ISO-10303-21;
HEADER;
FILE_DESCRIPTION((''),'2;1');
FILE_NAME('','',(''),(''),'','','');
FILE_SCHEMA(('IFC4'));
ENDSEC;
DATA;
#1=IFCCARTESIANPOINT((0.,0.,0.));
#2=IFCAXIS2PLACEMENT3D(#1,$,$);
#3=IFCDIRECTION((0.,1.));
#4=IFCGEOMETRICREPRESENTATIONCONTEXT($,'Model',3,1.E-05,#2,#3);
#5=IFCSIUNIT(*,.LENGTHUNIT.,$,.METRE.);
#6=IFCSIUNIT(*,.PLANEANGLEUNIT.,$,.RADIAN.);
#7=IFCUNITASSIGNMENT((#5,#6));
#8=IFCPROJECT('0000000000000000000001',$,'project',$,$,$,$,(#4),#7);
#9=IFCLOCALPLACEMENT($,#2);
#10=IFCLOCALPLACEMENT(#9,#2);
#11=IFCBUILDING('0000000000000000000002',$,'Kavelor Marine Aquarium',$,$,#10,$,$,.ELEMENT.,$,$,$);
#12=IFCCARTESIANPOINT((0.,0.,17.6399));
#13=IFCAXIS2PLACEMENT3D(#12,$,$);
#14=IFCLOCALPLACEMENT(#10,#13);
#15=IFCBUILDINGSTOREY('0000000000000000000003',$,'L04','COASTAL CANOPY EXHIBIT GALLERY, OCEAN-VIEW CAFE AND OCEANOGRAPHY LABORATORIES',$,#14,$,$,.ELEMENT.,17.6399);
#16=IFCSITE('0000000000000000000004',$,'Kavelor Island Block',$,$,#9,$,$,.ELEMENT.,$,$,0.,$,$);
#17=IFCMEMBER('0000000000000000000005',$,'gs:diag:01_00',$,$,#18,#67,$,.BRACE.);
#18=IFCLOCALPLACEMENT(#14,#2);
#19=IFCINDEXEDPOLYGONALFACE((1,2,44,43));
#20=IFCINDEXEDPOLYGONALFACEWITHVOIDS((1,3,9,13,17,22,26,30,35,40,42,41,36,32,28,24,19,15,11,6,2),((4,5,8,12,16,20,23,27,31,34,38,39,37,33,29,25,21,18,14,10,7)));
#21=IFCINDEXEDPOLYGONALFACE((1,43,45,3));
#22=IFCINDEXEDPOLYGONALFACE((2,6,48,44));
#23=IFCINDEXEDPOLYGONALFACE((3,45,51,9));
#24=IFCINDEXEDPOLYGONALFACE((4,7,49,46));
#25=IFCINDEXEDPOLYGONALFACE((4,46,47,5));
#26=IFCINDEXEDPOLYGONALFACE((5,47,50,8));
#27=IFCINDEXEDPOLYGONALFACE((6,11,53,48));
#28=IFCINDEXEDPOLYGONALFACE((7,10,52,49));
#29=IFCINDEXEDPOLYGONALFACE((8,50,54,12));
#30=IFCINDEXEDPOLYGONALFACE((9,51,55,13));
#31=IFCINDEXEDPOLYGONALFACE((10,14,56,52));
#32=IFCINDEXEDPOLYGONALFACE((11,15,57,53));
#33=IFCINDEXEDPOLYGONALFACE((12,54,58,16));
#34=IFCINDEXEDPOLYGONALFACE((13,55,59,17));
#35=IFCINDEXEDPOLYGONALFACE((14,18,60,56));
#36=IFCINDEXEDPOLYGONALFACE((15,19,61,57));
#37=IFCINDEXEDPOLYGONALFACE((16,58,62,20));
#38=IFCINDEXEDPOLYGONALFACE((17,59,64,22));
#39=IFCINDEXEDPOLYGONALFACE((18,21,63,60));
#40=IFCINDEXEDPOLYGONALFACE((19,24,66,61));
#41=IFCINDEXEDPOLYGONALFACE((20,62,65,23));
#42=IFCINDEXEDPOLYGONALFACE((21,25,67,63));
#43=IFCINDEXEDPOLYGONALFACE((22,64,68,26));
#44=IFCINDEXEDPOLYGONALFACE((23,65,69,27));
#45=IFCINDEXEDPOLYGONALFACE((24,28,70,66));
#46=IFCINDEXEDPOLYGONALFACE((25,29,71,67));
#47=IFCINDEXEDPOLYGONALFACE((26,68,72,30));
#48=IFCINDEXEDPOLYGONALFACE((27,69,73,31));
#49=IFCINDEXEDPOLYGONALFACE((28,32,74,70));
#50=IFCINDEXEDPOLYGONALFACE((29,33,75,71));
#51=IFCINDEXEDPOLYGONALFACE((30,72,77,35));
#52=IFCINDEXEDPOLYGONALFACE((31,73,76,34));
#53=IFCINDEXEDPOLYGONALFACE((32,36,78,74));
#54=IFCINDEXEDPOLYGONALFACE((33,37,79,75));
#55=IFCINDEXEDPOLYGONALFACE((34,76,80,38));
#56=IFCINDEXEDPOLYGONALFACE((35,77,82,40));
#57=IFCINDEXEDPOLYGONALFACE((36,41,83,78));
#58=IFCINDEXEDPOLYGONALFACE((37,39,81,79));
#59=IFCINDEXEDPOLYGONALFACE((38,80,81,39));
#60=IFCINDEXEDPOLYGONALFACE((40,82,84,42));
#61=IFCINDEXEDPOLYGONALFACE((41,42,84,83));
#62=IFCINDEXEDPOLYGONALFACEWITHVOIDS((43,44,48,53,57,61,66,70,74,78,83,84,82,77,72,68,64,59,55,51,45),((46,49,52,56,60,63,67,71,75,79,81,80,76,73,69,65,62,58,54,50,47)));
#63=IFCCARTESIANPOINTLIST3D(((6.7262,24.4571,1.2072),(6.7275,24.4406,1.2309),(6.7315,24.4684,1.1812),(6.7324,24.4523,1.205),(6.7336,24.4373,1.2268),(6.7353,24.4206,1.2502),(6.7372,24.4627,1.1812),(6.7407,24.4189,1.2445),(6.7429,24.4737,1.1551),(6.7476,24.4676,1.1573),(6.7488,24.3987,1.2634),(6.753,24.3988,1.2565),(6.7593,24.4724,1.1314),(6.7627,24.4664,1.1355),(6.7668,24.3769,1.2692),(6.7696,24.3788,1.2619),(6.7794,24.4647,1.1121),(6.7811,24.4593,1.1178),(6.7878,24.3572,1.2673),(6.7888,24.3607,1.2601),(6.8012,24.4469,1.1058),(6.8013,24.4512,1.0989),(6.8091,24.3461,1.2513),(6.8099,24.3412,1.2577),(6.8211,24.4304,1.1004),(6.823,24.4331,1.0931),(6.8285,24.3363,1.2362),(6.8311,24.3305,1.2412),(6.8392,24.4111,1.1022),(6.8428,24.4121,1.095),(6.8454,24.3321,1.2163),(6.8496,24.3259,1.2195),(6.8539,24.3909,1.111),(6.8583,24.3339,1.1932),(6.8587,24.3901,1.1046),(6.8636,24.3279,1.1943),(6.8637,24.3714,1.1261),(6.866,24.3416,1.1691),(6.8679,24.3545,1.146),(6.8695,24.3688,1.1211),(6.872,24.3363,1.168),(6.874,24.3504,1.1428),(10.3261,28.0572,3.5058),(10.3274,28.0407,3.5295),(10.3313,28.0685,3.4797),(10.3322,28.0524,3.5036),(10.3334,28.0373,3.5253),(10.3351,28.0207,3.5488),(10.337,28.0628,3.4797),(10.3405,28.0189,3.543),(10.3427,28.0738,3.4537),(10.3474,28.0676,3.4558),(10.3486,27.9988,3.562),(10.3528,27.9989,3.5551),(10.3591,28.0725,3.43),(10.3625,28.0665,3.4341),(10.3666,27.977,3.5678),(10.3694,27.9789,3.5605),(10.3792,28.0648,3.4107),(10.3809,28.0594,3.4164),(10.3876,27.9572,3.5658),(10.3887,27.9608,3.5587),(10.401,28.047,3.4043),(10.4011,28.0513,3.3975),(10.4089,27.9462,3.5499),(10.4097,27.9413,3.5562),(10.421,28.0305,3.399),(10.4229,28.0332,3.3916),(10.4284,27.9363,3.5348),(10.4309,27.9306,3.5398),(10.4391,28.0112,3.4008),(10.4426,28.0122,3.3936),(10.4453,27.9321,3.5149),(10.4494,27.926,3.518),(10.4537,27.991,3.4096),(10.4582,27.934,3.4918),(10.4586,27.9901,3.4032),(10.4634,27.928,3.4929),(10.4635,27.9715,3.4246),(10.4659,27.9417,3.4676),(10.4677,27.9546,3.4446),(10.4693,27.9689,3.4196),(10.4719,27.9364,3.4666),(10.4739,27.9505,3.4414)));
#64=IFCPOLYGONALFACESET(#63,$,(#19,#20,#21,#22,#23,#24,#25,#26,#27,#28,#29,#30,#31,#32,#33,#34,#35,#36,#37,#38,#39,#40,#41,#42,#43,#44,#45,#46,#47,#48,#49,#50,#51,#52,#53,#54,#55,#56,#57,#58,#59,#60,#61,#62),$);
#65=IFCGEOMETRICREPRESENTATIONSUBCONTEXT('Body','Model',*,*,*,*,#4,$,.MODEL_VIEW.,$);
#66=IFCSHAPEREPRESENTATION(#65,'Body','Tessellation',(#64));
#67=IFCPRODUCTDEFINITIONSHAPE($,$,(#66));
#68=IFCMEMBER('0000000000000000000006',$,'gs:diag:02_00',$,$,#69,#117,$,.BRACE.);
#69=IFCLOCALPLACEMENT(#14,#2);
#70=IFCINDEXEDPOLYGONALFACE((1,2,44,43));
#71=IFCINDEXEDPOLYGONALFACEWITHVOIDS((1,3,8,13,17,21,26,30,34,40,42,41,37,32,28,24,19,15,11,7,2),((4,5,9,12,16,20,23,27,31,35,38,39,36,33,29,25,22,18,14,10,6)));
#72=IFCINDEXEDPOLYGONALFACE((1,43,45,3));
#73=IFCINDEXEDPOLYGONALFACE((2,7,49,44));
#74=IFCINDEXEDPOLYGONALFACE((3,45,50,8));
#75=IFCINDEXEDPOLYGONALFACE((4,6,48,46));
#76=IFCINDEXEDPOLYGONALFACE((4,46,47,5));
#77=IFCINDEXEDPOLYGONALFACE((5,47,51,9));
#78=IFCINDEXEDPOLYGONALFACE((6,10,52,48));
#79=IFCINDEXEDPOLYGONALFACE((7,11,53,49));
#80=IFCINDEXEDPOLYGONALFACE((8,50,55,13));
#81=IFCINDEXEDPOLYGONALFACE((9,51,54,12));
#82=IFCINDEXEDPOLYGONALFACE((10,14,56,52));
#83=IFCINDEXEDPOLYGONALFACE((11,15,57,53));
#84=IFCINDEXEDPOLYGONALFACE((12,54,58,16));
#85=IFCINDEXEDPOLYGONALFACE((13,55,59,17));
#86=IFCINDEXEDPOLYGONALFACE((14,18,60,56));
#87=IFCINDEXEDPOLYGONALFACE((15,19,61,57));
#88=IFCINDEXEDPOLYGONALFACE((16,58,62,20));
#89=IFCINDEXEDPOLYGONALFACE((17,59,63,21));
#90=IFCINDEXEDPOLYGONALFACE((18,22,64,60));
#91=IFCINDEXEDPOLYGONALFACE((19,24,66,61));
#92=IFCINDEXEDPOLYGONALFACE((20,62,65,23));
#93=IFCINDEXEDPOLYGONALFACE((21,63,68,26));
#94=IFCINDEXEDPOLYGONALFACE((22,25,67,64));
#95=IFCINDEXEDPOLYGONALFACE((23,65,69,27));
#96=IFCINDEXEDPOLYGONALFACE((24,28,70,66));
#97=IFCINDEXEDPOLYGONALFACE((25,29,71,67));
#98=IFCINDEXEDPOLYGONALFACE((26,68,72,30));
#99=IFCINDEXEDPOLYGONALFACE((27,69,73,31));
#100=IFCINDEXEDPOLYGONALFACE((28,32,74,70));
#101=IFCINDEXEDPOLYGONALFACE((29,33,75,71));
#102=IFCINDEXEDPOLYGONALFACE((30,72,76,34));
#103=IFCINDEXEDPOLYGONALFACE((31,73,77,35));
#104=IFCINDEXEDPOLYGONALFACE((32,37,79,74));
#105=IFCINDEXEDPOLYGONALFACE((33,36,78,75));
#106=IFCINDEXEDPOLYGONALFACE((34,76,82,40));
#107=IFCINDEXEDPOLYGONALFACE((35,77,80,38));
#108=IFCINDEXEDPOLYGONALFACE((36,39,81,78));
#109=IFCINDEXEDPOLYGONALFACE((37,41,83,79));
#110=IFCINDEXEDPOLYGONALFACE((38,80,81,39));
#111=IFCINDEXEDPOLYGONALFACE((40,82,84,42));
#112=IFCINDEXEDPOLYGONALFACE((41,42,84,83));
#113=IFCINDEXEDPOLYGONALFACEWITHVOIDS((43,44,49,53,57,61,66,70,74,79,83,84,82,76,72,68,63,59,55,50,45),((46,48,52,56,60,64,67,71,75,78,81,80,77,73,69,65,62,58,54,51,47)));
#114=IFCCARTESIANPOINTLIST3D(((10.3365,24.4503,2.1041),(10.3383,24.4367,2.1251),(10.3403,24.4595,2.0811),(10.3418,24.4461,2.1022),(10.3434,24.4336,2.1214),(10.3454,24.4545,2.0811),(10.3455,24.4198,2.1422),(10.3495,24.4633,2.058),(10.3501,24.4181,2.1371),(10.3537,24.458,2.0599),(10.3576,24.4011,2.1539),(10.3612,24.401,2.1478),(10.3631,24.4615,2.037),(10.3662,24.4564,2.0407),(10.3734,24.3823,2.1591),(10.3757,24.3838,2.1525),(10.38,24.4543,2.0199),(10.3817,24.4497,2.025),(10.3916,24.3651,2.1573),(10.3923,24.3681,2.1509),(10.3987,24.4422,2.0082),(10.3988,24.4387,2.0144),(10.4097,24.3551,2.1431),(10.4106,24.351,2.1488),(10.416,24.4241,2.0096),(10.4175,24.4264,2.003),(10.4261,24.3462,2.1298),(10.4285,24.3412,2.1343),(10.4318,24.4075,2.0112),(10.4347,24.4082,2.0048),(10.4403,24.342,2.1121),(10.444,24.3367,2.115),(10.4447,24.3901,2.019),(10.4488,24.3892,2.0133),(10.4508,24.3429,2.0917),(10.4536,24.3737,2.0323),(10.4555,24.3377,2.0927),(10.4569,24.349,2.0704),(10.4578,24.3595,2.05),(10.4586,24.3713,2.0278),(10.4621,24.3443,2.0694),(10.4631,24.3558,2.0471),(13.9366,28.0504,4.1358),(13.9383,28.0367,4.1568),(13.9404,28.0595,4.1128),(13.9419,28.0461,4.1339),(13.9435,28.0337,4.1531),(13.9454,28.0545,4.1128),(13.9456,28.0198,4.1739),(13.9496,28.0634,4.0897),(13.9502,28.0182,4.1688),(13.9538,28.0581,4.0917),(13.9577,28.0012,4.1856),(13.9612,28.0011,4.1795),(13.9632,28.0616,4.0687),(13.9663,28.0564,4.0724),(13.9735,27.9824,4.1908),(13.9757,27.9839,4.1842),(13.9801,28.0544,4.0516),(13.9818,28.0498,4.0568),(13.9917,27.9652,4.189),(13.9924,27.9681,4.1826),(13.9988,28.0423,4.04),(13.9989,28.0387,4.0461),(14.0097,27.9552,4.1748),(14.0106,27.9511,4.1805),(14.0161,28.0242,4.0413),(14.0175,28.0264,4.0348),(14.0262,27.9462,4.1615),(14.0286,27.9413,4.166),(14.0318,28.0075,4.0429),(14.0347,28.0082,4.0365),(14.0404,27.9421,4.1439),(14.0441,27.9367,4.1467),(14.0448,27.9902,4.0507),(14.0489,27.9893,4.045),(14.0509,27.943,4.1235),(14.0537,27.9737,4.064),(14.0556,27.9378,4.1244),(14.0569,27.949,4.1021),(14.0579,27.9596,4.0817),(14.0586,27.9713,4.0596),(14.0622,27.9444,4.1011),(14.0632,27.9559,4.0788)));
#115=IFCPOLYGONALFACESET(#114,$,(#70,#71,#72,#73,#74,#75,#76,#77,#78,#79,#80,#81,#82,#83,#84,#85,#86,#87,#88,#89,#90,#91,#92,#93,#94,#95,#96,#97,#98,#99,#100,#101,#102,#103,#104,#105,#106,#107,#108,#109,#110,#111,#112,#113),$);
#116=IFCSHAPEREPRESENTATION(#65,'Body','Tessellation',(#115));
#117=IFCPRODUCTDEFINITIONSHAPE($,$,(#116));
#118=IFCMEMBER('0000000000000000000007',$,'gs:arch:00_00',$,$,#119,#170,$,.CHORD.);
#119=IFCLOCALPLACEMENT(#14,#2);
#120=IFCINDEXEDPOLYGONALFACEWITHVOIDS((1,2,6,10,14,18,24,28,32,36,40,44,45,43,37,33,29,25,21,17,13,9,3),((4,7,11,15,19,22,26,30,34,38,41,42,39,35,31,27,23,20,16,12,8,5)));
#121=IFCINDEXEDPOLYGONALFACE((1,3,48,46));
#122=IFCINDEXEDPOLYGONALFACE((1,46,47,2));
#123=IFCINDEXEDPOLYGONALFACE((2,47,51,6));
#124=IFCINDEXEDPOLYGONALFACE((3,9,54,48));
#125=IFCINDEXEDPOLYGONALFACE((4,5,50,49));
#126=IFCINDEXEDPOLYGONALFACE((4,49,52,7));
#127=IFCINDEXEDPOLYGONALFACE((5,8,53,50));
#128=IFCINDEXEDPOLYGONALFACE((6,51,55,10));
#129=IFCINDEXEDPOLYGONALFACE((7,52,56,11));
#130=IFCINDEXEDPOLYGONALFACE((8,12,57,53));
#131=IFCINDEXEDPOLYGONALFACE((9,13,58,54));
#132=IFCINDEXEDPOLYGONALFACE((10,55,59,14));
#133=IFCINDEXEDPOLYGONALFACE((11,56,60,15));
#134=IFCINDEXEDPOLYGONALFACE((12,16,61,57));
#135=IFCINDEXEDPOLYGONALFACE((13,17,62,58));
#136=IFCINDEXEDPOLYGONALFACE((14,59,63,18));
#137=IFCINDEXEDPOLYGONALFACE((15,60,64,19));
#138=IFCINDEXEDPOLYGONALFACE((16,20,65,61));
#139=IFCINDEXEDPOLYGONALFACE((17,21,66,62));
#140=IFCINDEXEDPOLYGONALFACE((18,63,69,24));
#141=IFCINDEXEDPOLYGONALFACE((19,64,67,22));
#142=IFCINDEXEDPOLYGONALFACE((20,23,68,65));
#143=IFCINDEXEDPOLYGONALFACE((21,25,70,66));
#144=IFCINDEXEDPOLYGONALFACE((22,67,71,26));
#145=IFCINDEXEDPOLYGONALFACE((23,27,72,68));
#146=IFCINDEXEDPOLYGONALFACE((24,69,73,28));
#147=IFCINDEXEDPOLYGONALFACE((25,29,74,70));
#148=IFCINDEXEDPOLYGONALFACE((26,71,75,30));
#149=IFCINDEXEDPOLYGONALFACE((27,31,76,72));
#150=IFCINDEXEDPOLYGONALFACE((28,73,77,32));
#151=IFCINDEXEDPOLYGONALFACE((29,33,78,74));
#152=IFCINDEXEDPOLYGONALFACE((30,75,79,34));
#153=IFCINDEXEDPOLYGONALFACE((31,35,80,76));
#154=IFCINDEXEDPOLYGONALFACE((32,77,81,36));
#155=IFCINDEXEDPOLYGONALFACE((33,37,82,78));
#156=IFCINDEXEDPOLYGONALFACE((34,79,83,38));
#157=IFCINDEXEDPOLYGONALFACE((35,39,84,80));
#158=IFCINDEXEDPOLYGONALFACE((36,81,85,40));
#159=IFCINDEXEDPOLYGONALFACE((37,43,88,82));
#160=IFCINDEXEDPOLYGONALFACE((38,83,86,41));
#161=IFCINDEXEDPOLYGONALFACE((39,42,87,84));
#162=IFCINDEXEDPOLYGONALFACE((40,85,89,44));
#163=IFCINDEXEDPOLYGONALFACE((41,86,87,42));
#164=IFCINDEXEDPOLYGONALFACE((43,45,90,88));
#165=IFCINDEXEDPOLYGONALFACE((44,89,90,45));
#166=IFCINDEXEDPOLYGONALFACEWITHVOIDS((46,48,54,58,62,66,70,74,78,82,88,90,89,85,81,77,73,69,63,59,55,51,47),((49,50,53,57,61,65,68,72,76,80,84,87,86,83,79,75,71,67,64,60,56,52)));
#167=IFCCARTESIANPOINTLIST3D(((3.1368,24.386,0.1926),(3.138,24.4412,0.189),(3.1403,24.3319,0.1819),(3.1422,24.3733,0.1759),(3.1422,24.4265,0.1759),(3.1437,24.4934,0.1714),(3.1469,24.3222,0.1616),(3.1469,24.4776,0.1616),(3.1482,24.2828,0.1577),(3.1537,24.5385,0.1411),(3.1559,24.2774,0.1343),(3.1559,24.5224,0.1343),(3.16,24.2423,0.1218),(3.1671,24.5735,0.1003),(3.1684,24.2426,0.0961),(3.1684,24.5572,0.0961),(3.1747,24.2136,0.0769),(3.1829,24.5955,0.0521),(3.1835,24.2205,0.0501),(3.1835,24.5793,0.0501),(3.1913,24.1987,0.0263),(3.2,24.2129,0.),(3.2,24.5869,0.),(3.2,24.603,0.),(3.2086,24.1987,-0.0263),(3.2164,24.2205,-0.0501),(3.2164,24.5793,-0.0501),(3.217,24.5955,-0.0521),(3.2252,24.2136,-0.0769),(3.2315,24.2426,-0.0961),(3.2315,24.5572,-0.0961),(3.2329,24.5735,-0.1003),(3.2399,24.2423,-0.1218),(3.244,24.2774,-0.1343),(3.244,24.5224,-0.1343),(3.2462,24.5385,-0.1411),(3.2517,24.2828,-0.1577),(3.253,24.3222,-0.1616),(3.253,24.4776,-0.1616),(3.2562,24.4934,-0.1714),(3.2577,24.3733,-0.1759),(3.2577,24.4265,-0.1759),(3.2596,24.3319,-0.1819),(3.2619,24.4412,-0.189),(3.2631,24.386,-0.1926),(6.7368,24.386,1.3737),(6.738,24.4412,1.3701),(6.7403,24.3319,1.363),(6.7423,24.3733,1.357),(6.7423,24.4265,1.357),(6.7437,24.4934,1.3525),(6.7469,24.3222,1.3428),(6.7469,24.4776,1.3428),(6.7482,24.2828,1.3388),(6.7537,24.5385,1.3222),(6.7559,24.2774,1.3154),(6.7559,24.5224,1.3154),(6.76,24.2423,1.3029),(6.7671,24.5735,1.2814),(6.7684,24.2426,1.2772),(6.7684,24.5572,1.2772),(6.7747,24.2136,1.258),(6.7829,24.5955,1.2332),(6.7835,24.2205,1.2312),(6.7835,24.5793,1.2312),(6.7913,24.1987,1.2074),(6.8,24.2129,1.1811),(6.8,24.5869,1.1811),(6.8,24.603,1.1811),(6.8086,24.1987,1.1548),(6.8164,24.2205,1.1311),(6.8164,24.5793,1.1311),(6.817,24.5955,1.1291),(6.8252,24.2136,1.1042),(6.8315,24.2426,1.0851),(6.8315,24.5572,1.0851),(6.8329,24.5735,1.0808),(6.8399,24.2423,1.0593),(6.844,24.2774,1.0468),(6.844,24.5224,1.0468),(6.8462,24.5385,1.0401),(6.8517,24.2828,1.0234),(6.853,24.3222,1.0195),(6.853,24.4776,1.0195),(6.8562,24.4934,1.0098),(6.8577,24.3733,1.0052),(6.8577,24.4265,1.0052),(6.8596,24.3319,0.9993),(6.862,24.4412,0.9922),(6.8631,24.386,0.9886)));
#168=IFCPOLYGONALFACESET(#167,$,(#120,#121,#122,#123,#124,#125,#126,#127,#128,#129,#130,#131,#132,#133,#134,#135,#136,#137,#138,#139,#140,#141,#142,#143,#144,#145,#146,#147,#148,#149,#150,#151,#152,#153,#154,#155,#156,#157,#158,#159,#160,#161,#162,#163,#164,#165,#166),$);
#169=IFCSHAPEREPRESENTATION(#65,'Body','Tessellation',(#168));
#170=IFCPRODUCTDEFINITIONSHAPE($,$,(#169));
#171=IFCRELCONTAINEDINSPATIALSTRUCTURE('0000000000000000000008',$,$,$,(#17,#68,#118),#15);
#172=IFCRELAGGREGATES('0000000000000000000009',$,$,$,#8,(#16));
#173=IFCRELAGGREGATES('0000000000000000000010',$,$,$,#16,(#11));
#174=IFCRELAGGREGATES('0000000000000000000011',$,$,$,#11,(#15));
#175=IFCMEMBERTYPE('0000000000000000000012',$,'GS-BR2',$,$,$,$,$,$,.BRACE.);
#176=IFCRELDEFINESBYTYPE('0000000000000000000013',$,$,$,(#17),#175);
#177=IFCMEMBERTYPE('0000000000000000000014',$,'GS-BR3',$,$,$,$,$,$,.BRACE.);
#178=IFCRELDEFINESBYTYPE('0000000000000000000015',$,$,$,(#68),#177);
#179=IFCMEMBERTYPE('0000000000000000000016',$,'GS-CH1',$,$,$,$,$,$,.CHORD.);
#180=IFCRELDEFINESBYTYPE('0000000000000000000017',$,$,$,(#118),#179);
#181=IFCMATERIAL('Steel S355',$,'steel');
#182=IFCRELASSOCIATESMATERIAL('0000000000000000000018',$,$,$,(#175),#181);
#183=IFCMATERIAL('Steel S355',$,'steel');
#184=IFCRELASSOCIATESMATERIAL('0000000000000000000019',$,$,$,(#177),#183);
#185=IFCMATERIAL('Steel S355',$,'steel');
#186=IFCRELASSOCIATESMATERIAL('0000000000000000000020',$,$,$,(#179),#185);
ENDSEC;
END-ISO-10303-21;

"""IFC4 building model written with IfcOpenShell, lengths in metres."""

from ifc_helpers import new_model, si_unit, direction, frame, origin, origin_2d, place, context, subcontext, project, spatial, hollow_circle, extrude, material, material_profile, profile_set, type_object, element, save


model = new_model("IFC4")

# Units and contexts
model_context = context("Model", 3, precision=1e-05, world=origin(), true_north=direction((0.0, 1.0)))
body_context = subcontext(model_context, "Body", "Model", "MODEL_VIEW")
ifc_project = project(units=[si_unit("LENGTHUNIT", "METRE"), si_unit("PLANEANGLEUNIT", "RADIAN")], contexts=[model_context])

# Site, building, storey
site_placement = place(None, origin())
site = spatial("IfcSite", under=ifc_project, at=site_placement, Name="Kavelor Island Block", CompositionType="ELEMENT", RefElevation=0.0)
building_placement = place(site_placement, origin())
building = spatial("IfcBuilding", under=site, at=building_placement, Name="Kavelor Marine Aquarium", CompositionType="ELEMENT")
storey_placement = place(building_placement, frame((0.0, 0.0, 17.6399)))
storey = spatial("IfcBuildingStorey", under=building, at=storey_placement, Name="L04", Description="COASTAL CANOPY EXHIBIT GALLERY, OCEAN-VIEW CAFE AND OCEANOGRAPHY LABORATORIES", CompositionType="ELEMENT", Elevation=17.6399)

# Members
ifc_material_1 = material(Name="Steel S355", Category="steel")
ifc_material_profile_1 = material_profile(ifc_material_1, hollow_circle(Radius=0.0969, WallThickness=0.0081, at=origin_2d()), Name="CHS 193.7x8.0")
ifc_profile_set_1 = profile_set([ifc_material_profile_1], Name="Steel S355")
member_type_1 = type_object("IfcMemberType", Name="GS-BR2", PredefinedType="BRACE", material=ifc_profile_set_1)
member_1_placement = place(storey_placement, frame((6.8, 24.3999, 1.1812), z_axis=(0.644445, 0.644488, 0.411492), x_axis=(-0.707131, 0.707083, 0.0)))
element("IfcMember", 1, at=member_1_placement, inside=storey, type_object=member_type_1, Name="gs:diag:01_00", PredefinedType="BRACE", context=body_context, shape_type="SweptSolid", body=[
    extrude(hollow_circle(Radius=0.0969, WallThickness=0.0081, at=origin_2d()), origin(), (0.0, 0.0, 1.0), 5.5859),
])
ifc_material_2 = material(Name="Steel S355", Category="steel")
ifc_material_profile_2 = material_profile(ifc_material_2, hollow_circle(Radius=0.0842, WallThickness=0.0071, at=origin_2d()), Name="CHS 168.3x7.1")
ifc_profile_set_2 = profile_set([ifc_material_profile_2], Name="Steel S355")
member_type_2 = type_object("IfcMemberType", Name="GS-BR3", PredefinedType="BRACE", material=ifc_profile_set_2)
member_2_placement = place(storey_placement, frame((10.3999, 24.3999, 2.0811), z_axis=(0.656745, 0.656745, 0.370638), x_axis=(-0.707107, 0.707107, 0.0)))
element("IfcMember", 2, at=member_2_placement, inside=storey, type_object=member_type_2, Name="gs:diag:02_00", PredefinedType="BRACE", context=body_context, shape_type="SweptSolid", body=[
    extrude(hollow_circle(Radius=0.0842, WallThickness=0.0071, at=origin_2d()), origin(), (0.0, 0.0, 1.0), 5.4817),
])
ifc_material_3 = material(Name="Steel S355", Category="steel")
ifc_material_profile_3 = material_profile(ifc_material_3, hollow_circle(Radius=0.2031, WallThickness=0.0161, at=origin_2d()), Name="CHS 406.4x16.0")
ifc_profile_set_3 = profile_set([ifc_material_profile_3], Name="Steel S355")
member_type_3 = type_object("IfcMemberType", Name="GS-CH1", PredefinedType="CHORD", material=ifc_profile_set_3)
member_3_placement = place(storey_placement, frame((3.2, 24.3999, 0.0), z_axis=(0.950168, 0.0, 0.31174), x_axis=(0.0, 1.0, 0.0)))
element("IfcMember", 3, at=member_3_placement, inside=storey, type_object=member_type_3, Name="gs:arch:00_00", PredefinedType="CHORD", context=body_context, shape_type="SweptSolid", body=[
    extrude(hollow_circle(Radius=0.2031, WallThickness=0.0161, at=origin_2d()), origin(), (0.0, 0.0, 1.0), 3.7888),
])

save(model, "model.ifc")
